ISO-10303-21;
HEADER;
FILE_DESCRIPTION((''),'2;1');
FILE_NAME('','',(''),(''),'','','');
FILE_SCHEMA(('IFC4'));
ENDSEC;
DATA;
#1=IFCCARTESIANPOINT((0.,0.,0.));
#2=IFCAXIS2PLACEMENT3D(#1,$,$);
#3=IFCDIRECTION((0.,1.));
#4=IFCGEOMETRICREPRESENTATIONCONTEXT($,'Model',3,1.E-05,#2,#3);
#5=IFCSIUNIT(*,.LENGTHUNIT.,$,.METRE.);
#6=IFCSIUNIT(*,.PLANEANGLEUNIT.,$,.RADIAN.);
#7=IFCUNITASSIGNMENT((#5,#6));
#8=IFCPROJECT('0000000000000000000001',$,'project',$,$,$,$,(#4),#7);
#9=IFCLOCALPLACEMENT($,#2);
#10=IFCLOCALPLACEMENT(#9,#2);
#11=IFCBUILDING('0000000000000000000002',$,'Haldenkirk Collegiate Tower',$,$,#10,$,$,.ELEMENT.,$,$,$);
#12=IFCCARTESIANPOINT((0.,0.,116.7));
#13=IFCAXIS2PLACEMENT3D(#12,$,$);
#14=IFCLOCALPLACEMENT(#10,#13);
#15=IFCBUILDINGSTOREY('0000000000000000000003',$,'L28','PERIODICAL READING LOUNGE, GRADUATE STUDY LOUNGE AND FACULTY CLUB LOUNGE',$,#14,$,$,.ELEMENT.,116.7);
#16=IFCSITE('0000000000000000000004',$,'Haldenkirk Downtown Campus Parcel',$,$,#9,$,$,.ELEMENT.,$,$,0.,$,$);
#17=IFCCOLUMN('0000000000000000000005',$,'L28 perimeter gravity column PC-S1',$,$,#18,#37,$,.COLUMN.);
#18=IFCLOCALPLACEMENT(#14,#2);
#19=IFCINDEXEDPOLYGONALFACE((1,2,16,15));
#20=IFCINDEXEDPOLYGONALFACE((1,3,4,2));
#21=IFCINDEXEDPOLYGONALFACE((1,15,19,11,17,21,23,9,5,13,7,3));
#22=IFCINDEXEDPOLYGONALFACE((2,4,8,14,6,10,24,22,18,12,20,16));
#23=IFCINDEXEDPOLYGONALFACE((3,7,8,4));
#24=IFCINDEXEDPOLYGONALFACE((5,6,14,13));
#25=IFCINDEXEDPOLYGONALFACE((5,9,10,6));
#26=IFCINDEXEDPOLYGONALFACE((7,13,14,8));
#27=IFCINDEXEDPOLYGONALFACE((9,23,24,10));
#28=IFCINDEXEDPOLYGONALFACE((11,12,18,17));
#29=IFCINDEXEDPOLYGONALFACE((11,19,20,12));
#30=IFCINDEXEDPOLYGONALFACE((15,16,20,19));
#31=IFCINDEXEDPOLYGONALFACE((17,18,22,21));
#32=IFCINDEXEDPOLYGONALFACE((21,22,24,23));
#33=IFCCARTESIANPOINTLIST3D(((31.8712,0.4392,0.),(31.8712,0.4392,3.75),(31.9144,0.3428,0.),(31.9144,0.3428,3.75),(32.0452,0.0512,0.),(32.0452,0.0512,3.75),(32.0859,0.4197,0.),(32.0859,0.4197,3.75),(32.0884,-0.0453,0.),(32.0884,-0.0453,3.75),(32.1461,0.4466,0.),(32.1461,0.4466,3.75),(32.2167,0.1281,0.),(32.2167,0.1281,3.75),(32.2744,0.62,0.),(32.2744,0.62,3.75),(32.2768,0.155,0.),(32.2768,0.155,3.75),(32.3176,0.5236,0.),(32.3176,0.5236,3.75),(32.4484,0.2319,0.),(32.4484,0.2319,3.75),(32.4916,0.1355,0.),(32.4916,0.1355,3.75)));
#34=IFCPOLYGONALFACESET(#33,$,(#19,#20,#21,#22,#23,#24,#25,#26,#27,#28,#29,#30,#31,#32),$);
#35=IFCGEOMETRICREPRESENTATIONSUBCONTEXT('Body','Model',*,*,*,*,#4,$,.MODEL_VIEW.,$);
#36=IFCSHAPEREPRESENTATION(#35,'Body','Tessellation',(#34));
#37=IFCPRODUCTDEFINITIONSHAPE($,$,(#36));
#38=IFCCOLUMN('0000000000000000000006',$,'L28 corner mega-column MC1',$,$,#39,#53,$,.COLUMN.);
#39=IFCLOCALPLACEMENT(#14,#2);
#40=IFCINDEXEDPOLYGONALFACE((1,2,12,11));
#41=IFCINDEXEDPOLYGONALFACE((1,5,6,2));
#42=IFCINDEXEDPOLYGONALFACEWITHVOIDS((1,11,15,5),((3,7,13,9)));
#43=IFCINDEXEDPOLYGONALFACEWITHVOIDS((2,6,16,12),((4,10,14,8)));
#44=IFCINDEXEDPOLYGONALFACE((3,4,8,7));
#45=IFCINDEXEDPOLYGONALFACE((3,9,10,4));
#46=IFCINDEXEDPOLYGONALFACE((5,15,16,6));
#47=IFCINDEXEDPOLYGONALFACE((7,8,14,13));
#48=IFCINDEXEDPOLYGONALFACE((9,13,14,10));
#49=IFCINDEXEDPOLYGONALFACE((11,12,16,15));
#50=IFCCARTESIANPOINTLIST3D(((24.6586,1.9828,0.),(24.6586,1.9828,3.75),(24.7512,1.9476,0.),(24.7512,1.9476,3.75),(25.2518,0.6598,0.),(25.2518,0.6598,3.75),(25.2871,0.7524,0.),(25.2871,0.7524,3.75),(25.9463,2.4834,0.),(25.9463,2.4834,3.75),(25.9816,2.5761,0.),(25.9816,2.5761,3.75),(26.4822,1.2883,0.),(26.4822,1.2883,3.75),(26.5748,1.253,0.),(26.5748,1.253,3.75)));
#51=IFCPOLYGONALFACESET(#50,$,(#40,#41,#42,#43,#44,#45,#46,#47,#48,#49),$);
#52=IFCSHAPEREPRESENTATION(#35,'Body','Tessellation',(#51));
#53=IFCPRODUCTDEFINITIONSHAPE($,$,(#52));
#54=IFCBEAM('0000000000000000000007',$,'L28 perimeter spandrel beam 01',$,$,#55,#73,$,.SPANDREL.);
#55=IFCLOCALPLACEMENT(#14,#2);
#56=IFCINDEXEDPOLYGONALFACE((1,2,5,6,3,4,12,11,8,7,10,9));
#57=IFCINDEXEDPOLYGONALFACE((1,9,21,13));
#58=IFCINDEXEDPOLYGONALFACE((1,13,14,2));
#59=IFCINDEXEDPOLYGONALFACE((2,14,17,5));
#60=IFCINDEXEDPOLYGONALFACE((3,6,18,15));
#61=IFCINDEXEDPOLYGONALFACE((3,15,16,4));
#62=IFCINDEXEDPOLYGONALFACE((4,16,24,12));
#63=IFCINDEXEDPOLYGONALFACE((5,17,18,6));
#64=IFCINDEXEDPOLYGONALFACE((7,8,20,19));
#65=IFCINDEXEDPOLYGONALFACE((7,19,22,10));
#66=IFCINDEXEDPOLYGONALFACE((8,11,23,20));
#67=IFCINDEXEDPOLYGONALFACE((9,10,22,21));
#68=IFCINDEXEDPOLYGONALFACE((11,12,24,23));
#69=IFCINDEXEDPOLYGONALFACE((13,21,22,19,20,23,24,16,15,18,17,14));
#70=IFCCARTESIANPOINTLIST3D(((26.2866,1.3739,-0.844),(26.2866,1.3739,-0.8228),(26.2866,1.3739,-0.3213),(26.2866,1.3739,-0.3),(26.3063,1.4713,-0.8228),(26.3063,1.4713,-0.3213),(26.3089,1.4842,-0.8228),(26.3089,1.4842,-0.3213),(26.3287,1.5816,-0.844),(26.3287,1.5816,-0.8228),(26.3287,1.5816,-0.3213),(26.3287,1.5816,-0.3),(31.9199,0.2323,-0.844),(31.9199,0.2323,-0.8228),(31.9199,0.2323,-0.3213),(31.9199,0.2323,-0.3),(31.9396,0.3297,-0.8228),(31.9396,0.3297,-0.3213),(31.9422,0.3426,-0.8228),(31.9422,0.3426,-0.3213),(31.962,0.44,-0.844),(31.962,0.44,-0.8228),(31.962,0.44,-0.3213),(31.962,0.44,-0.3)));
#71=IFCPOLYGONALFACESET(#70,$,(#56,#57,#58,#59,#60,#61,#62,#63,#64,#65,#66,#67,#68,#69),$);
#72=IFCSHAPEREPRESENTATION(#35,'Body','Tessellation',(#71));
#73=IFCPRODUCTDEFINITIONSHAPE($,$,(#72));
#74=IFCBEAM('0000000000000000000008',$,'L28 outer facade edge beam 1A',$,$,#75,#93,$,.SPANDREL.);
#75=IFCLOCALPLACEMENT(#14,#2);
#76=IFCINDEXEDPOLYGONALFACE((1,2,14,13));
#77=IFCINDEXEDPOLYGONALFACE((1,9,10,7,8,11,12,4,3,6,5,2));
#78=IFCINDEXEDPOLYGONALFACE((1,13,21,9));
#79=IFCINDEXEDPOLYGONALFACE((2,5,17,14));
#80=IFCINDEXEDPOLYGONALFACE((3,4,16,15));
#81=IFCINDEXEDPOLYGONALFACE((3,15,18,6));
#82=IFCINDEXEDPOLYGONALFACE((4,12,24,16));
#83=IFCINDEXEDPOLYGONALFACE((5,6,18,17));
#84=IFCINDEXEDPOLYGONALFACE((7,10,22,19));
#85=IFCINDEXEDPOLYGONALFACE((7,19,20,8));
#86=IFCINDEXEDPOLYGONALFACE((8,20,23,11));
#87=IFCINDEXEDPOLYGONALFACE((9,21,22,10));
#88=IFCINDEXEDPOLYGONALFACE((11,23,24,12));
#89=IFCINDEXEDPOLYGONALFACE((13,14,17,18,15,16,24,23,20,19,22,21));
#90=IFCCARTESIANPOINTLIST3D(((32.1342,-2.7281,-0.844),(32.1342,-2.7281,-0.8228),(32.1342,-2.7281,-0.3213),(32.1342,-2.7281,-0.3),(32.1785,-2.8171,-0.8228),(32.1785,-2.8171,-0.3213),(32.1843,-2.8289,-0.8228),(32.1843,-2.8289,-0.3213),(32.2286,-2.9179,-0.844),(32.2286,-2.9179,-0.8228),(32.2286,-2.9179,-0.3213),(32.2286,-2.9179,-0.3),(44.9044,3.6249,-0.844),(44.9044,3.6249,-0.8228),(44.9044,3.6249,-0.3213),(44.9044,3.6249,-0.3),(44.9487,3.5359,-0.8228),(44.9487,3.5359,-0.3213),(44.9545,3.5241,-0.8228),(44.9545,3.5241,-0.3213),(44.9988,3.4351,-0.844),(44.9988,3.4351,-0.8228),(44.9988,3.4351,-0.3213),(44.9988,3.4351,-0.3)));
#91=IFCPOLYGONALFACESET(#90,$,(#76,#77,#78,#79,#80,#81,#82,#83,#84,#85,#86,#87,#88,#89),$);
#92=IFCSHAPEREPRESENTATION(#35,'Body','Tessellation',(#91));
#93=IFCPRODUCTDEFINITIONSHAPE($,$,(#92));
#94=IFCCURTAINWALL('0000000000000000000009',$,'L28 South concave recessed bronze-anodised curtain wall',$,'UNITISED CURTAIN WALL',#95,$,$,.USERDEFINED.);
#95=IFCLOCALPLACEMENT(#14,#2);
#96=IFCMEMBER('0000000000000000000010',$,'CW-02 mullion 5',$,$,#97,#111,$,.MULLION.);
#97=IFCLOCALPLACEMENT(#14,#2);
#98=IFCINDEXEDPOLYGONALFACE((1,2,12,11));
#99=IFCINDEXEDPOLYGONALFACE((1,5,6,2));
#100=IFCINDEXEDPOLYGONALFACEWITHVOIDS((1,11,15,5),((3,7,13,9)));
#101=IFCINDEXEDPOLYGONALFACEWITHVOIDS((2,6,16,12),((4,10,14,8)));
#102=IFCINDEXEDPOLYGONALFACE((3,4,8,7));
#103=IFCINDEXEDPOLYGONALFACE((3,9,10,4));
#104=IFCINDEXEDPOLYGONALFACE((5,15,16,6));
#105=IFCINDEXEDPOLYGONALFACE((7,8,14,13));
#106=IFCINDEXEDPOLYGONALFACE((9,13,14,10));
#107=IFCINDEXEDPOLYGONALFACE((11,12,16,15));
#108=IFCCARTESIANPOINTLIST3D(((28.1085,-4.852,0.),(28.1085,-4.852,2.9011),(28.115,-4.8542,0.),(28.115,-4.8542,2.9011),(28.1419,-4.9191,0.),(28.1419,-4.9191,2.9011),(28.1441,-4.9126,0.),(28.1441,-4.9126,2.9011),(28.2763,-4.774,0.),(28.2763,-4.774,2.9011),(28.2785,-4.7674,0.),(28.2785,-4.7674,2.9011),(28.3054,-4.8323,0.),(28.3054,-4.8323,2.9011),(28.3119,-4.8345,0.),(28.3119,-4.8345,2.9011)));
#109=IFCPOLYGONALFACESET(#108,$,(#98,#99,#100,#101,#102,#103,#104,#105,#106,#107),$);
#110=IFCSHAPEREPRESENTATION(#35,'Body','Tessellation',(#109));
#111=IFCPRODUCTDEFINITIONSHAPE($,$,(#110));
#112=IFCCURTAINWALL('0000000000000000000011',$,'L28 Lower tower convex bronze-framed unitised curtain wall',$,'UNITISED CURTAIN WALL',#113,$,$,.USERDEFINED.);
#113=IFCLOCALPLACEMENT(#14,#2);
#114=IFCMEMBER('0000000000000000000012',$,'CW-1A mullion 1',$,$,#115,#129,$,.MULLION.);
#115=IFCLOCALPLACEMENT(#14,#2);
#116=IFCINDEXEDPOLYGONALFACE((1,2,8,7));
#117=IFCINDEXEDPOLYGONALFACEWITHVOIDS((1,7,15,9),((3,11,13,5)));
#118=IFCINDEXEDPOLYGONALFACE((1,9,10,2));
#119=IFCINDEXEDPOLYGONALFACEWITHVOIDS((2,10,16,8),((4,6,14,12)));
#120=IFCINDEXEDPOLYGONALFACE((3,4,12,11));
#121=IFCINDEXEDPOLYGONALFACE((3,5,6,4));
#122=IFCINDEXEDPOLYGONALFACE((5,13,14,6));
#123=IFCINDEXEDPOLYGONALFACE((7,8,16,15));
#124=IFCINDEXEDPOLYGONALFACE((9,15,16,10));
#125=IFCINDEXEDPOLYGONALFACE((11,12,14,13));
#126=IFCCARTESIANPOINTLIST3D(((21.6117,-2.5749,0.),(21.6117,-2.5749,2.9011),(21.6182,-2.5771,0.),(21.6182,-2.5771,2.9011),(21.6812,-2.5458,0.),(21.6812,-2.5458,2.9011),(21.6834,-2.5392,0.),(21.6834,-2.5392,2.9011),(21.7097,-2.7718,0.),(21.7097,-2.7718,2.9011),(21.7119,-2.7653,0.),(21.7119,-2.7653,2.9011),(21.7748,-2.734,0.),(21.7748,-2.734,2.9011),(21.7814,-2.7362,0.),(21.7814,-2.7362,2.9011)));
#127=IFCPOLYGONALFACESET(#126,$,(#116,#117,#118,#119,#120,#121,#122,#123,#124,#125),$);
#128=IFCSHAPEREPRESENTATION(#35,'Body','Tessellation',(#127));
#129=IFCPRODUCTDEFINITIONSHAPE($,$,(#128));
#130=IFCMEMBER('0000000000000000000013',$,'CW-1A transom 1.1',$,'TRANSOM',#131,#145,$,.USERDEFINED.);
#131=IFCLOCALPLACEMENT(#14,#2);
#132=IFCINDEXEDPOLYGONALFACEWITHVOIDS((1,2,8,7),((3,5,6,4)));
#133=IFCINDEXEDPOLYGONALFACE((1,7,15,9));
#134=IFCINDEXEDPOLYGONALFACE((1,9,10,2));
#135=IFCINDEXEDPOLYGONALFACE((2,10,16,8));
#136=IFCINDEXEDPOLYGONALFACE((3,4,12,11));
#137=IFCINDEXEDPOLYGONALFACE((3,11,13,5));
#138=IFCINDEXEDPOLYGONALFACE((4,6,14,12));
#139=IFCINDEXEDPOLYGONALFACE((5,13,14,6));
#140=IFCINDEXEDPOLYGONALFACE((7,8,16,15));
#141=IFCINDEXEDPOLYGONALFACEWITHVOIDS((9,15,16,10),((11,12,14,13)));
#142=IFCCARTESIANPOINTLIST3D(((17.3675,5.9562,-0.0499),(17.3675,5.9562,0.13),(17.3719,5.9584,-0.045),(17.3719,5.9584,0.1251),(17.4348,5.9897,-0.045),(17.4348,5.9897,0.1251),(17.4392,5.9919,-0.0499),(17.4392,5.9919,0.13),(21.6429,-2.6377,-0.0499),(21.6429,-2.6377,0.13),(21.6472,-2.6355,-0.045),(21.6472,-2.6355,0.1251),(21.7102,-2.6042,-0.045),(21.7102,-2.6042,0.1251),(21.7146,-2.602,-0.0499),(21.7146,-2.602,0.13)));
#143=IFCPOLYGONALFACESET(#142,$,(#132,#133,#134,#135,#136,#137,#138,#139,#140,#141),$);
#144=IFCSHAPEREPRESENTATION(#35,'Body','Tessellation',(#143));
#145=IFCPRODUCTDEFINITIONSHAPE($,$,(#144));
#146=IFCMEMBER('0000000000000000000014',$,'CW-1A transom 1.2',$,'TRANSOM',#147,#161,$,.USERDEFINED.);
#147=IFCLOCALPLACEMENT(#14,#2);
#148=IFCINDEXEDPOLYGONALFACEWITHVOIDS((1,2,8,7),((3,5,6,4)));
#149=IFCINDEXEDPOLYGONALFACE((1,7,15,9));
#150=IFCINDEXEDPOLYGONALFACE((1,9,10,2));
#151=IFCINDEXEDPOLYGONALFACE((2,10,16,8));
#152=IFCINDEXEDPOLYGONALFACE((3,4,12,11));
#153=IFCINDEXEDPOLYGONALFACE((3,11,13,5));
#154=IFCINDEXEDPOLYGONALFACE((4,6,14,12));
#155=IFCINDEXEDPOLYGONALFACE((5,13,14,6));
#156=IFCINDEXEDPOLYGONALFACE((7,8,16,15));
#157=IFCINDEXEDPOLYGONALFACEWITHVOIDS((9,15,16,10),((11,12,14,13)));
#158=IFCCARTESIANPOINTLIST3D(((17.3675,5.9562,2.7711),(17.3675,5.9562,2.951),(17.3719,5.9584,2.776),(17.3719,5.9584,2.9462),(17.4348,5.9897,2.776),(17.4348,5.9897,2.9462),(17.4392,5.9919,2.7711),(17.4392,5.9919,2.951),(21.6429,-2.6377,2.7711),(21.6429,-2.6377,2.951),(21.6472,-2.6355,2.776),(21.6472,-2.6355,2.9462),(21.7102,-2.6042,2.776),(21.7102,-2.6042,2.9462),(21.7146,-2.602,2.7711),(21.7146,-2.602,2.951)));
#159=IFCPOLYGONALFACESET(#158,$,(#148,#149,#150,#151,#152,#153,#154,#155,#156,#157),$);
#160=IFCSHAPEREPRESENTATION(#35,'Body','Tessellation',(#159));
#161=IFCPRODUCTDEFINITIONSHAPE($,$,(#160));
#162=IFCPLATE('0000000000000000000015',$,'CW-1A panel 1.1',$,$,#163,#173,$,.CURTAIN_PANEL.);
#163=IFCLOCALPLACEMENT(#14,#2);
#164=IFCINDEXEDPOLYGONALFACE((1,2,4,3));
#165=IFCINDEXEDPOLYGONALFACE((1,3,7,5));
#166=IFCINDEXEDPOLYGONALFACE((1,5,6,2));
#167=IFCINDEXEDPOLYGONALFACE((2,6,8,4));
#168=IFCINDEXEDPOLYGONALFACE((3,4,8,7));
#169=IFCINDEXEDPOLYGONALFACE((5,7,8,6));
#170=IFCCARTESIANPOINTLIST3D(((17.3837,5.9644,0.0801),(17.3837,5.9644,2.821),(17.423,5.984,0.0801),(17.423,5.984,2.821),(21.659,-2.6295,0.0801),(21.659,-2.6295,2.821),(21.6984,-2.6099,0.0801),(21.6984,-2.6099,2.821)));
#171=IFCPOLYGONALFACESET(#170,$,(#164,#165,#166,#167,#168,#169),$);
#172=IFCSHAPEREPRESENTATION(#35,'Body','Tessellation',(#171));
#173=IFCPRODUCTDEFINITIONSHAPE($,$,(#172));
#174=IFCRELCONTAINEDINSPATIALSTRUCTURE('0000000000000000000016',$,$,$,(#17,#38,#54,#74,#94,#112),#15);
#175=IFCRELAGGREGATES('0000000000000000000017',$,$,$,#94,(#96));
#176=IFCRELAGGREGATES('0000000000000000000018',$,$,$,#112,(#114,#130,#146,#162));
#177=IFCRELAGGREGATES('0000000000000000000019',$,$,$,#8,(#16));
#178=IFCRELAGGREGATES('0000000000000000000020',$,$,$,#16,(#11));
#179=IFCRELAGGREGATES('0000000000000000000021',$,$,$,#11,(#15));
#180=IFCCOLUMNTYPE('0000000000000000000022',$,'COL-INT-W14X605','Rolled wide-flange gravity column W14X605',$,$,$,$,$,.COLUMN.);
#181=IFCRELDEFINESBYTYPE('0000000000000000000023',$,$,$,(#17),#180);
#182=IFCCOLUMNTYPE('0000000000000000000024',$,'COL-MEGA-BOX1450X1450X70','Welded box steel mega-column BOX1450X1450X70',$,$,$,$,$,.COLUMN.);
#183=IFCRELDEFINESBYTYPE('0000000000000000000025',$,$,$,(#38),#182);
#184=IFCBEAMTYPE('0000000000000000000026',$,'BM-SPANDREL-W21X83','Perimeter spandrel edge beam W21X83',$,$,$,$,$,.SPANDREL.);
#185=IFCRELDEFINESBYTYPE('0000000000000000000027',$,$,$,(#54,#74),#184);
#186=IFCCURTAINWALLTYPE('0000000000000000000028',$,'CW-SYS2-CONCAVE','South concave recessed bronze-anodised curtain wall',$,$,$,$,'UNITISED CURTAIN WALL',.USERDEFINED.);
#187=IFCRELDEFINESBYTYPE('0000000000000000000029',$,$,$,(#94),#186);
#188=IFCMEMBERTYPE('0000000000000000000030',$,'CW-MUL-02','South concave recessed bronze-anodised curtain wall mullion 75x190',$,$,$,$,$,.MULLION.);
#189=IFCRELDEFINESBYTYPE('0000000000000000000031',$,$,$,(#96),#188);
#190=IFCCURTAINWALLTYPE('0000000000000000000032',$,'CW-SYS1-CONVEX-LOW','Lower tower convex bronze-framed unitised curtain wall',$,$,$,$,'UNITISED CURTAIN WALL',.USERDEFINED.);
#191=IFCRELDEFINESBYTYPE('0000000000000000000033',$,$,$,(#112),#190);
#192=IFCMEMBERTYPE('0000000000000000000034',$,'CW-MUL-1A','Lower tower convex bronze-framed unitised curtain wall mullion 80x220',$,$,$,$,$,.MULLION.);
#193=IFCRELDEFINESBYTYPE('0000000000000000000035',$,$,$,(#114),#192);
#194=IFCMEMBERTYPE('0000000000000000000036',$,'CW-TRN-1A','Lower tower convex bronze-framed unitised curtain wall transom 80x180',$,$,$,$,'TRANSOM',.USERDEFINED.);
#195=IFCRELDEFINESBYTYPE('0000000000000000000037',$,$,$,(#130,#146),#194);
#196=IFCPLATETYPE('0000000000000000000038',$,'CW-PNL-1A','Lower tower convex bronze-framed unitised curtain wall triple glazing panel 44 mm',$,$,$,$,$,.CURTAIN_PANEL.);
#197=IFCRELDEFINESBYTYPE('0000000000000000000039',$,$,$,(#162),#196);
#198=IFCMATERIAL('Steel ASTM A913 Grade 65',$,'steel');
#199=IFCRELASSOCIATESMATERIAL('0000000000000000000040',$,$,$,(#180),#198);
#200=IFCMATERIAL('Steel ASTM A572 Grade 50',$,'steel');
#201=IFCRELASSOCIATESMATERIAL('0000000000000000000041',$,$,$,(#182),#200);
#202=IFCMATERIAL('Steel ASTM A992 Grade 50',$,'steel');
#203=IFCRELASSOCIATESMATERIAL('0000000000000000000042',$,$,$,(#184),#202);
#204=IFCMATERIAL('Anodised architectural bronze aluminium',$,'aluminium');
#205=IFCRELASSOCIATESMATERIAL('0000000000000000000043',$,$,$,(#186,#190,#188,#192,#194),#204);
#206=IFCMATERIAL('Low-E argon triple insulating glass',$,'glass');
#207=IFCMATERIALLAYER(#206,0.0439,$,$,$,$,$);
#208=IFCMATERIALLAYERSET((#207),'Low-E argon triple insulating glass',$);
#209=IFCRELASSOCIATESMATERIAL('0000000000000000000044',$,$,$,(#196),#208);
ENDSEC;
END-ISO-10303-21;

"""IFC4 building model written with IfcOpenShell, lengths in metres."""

from ifc_helpers import new_model, si_unit, direction, frame, origin, origin_2d, place, context, subcontext, project, spatial, rectangle, hollow_rectangle, i_section, extrude, source, transform, mapped, material, layer, layer_set, material_profile, profile_set, type_object, element, aggregate, save


model = new_model("IFC4")

# Units and contexts
model_context = context("Model", 3, precision=1e-05, world=origin(), true_north=direction((0.0, 1.0)))
body_context = subcontext(model_context, "Body", "Model", "MODEL_VIEW")
ifc_project = project(units=[si_unit("LENGTHUNIT", "METRE"), si_unit("PLANEANGLEUNIT", "RADIAN")], contexts=[model_context])

# Site, building, storey
site_placement = place(None, origin())
site = spatial("IfcSite", under=ifc_project, at=site_placement, Name="Haldenkirk Downtown Campus Parcel", CompositionType="ELEMENT", RefElevation=0.0)
building_placement = place(site_placement, origin())
building = spatial("IfcBuilding", under=site, at=building_placement, Name="Haldenkirk Collegiate Tower", CompositionType="ELEMENT")
storey_placement = place(building_placement, frame((0.0, 0.0, 116.7)))
storey = spatial("IfcBuildingStorey", under=building, at=storey_placement, Name="L28", Description="PERIODICAL READING LOUNGE, GRADUATE STUDY LOUNGE AND FACULTY CLUB LOUNGE", CompositionType="ELEMENT", Elevation=116.7)

# Columns
ifc_material_1 = material(Name="Steel ASTM A913 Grade 65", Category="steel")
ifc_material_profile_1 = material_profile(ifc_material_1, i_section(OverallWidth=0.4419, OverallDepth=0.531, WebThickness=0.0659, FlangeThickness=0.1057, at=origin_2d()), Name="W14X605")
ifc_profile_set_1 = profile_set([ifc_material_profile_1], Name="Steel ASTM A913 Grade 65")
column_type_1 = type_object("IfcColumnType", Name="COL-INT-W14X605", Description="Rolled wide-flange gravity column W14X605", PredefinedType="COLUMN", material=ifc_profile_set_1)
column_1_placement = place(storey_placement, frame((32.1814, 0.2874, 0.0), z_axis=(0.0, 0.0, 1.0), x_axis=(0.912477, 0.409127, 0.0)))
element("IfcColumn", 1, at=column_1_placement, inside=storey, type_object=column_type_1, Name="L28 perimeter gravity column PC-S1", PredefinedType="COLUMN", context=body_context, shape_type="SweptSolid", body=[
    extrude(i_section(OverallWidth=0.4419, OverallDepth=0.531, WebThickness=0.0659, FlangeThickness=0.1057, at=origin_2d()), origin(), (0.0, 0.0, 1.0), 3.75),
])
ifc_material_2 = material(Name="Steel ASTM A572 Grade 50", Category="steel")
ifc_material_profile_2 = material_profile(ifc_material_2, hollow_rectangle(XDim=1.45, YDim=1.45, WallThickness=0.0701, at=origin_2d()), Name="BOX1450X1450X70")
ifc_profile_set_2 = profile_set([ifc_material_profile_2], Name="Steel ASTM A572 Grade 50")
column_type_2 = type_object("IfcColumnType", Name="COL-MEGA-BOX1450X1450X70", Description="Welded box steel mega-column BOX1450X1450X70", PredefinedType="COLUMN", material=ifc_profile_set_2)
column_2_placement = place(storey_placement, frame((25.6167, 1.6179, 0.0), z_axis=(0.0, 0.0, 1.0), x_axis=(0.912477, 0.409127, 0.0)))
element("IfcColumn", 2, at=column_2_placement, inside=storey, type_object=column_type_2, Name="L28 corner mega-column MC1", PredefinedType="COLUMN", context=body_context, shape_type="SweptSolid", body=[
    extrude(hollow_rectangle(XDim=1.45, YDim=1.45, WallThickness=0.0701, at=origin_2d()), origin(), (0.0, 0.0, 1.0), 3.75),
])

# Beams
ifc_material_3 = material(Name="Steel ASTM A992 Grade 50", Category="steel")
ifc_material_profile_3 = material_profile(ifc_material_3, i_section(OverallWidth=0.2119, OverallDepth=0.5439, WebThickness=0.0132, FlangeThickness=0.0212, at=origin_2d()), Name="W21X83")
ifc_profile_set_3 = profile_set([ifc_material_profile_3], Name="Steel ASTM A992 Grade 50")
beam_type = type_object("IfcBeamType", Name="BM-SPANDREL-W21X83", Description="Perimeter spandrel edge beam W21X83", PredefinedType="SPANDREL", material=ifc_profile_set_3)
beam_1_placement = place(storey_placement, frame((26.3076, 1.4778, -0.572), z_axis=(0.980078, -0.198615, 0.0), x_axis=(0.198615, 0.980078, 0.0)))
element("IfcBeam", 3, at=beam_1_placement, inside=storey, type_object=beam_type, Name="L28 perimeter spandrel beam 01", PredefinedType="SPANDREL", context=body_context, shape_type="SweptSolid", body=[
    extrude(i_section(OverallWidth=0.2119, OverallDepth=0.5439, WebThickness=0.0132, FlangeThickness=0.0212, at=origin_2d()), origin(), (0.0, 0.0, 1.0), 5.7478),
])
beam_2_placement = place(storey_placement, frame((32.1814, -2.823, -0.572), z_axis=(0.895326, 0.445412, 0.0), x_axis=(-0.445412, 0.895326, 0.0)))
element("IfcBeam", 4, at=beam_2_placement, inside=storey, type_object=beam_type, Name="L28 outer facade edge beam 1A", PredefinedType="SPANDREL", context=body_context, shape_type="SweptSolid", body=[
    extrude(i_section(OverallWidth=0.2119, OverallDepth=0.5439, WebThickness=0.0132, FlangeThickness=0.0212, at=origin_2d()), origin(), (0.0, 0.0, 1.0), 14.2632),
])

# Curtain wall, member
ifc_material_4 = material(Name="Anodised architectural bronze aluminium", Category="aluminium")
curtain_wall_type_1 = type_object("IfcCurtainWallType", Name="CW-SYS2-CONCAVE", Description="South concave recessed bronze-anodised curtain wall", ElementType="UNITISED CURTAIN WALL", PredefinedType="USERDEFINED", material=ifc_material_4)
curtain_wall_1_placement = place(storey_placement, origin())
curtain_wall_1 = element("IfcCurtainWall", 5, at=curtain_wall_1_placement, inside=storey, type_object=curtain_wall_type_1, Name="L28 South concave recessed bronze-anodised curtain wall", ObjectType="UNITISED CURTAIN WALL", PredefinedType="USERDEFINED")
ifc_material_profile_4 = material_profile(ifc_material_4, hollow_rectangle(XDim=0.075, YDim=0.1899, WallThickness=0.0049, at=origin_2d()), Name="CW-MUL-02")
ifc_profile_set_4 = profile_set([ifc_material_profile_4], Name="Anodised architectural bronze aluminium")
member_type_1 = type_object("IfcMemberType", Name="CW-MUL-02", Description="South concave recessed bronze-anodised curtain wall mullion 75x190", PredefinedType="MULLION", material=ifc_profile_set_4)
member_1_placement = place(storey_placement, frame((28.2102, -4.8433, 0.0), z_axis=(0.0, 0.0, 1.0), x_axis=(0.445415, -0.895324, 0.0)))
member_1 = element("IfcMember", 6, at=member_1_placement, type_object=member_type_1, Name="CW-02 mullion 5", PredefinedType="MULLION", context=body_context, shape_type="SweptSolid", body=[
    extrude(hollow_rectangle(XDim=0.075, YDim=0.1899, WallThickness=0.0049, at=origin_2d()), origin(), (0.0, 0.0, 1.0), 2.9011),
])
aggregate(curtain_wall_1, [member_1])

# Curtain wall, members, plate
curtain_wall_type_2 = type_object("IfcCurtainWallType", Name="CW-SYS1-CONVEX-LOW", Description="Lower tower convex bronze-framed unitised curtain wall", ElementType="UNITISED CURTAIN WALL", PredefinedType="USERDEFINED", material=ifc_material_4)
curtain_wall_2_placement = place(storey_placement, origin())
curtain_wall_2 = element("IfcCurtainWall", 7, at=curtain_wall_2_placement, inside=storey, type_object=curtain_wall_type_2, Name="L28 Lower tower convex bronze-framed unitised curtain wall", ObjectType="UNITISED CURTAIN WALL", PredefinedType="USERDEFINED")
ifc_material_profile_5 = material_profile(ifc_material_4, hollow_rectangle(XDim=0.0801, YDim=0.22, WallThickness=0.0049, at=origin_2d()), Name="CW-MUL-1A")
ifc_profile_set_5 = profile_set([ifc_material_profile_5], Name="Anodised architectural bronze aluminium")
member_type_2 = type_object("IfcMemberType", Name="CW-MUL-1A", Description="Lower tower convex bronze-framed unitised curtain wall mullion 80x220", PredefinedType="MULLION", material=ifc_profile_set_5)
member_2_placement = place(storey_placement, frame((21.6965, -2.6555, 0.0), z_axis=(0.0, 0.0, 1.0), x_axis=(-0.895324, -0.445415, 0.0)))
member_2 = element("IfcMember", 8, at=member_2_placement, type_object=member_type_2, Name="CW-1A mullion 1", PredefinedType="MULLION", context=body_context, shape_type="SweptSolid", body=[
    extrude(hollow_rectangle(XDim=0.0801, YDim=0.22, WallThickness=0.0049, at=origin_2d()), origin(), (0.0, 0.0, 1.0), 2.9011),
])
ifc_material_profile_6 = material_profile(ifc_material_4, hollow_rectangle(XDim=0.0801, YDim=0.1799, WallThickness=0.0049, at=origin_2d()), Name="CW-TRN-1A")
ifc_profile_set_6 = profile_set([ifc_material_profile_6], Name="Anodised architectural bronze aluminium")
member_type_3 = type_object("IfcMemberType", Name="CW-TRN-1A", Description="Lower tower convex bronze-framed unitised curtain wall transom 80x180", ElementType="TRANSOM", PredefinedType="USERDEFINED", material=ifc_profile_set_6)
member_3_placement = place(storey_placement, frame((21.6787, -2.6199, 0.04), z_axis=(-0.445412, 0.895326, 0.0), x_axis=(-0.895326, -0.445412, 0.0)))
member_3 = element("IfcMember", 9, at=member_3_placement, type_object=member_type_3, Name="CW-1A transom 1.1", ObjectType="TRANSOM", PredefinedType="USERDEFINED", context=body_context, shape_type="SweptSolid", body=[
    extrude(hollow_rectangle(XDim=0.0801, YDim=0.1799, WallThickness=0.0049, at=origin_2d()), origin(), (0.0, 0.0, 1.0), 9.5986),
])
member_4_placement = place(storey_placement, frame((21.6787, -2.6199, 2.8611), z_axis=(-0.445412, 0.895326, 0.0), x_axis=(-0.895326, -0.445412, 0.0)))
member_4 = element("IfcMember", 10, at=member_4_placement, type_object=member_type_3, Name="CW-1A transom 1.2", ObjectType="TRANSOM", PredefinedType="USERDEFINED", context=body_context, shape_type="SweptSolid", body=[
    extrude(hollow_rectangle(XDim=0.0801, YDim=0.1799, WallThickness=0.0049, at=origin_2d()), origin(), (0.0, 0.0, 1.0), 9.5986),
])
ifc_material_5 = material(Name="Low-E argon triple insulating glass", Category="glass")
ifc_layer_1 = layer(ifc_material_5, 0.0439)
ifc_layer_set_1 = layer_set([ifc_layer_1], Name="Low-E argon triple insulating glass")
plate_type = type_object("IfcPlateType", Name="CW-PNL-1A", Description="Lower tower convex bronze-framed unitised curtain wall triple glazing panel 44 mm", PredefinedType="CURTAIN_PANEL", material=ifc_layer_set_1)
shared_shape_1 = source(origin(), body_context, "Body", "SweptSolid", [
    extrude(rectangle(XDim=9.5986, YDim=0.0439, at=origin_2d()), origin(), (0.0, 0.0, 1.0), 2.741),
])
plate_placement = place(storey_placement, frame((19.541, 1.6772, 0.0801), z_axis=(0.0, 0.0, 1.0), x_axis=(-0.445415, 0.895324, 0.0)))
plate = element("IfcPlate", 11, at=plate_placement, type_object=plate_type, Name="CW-1A panel 1.1", PredefinedType="CURTAIN_PANEL", context=body_context, shape_type="MappedRepresentation", body=[
    mapped(shared_shape_1, transform((0.0, 0.0, 0.0), x_axis=(1.0, 0.0, 0.0), y_axis=(0.0, 1.0, 0.0), z_axis=(0.0, 0.0, 1.0), scale=1.0)),
])
aggregate(curtain_wall_2, [member_2, member_3, member_4, plate])

save(model, "model.ifc")
